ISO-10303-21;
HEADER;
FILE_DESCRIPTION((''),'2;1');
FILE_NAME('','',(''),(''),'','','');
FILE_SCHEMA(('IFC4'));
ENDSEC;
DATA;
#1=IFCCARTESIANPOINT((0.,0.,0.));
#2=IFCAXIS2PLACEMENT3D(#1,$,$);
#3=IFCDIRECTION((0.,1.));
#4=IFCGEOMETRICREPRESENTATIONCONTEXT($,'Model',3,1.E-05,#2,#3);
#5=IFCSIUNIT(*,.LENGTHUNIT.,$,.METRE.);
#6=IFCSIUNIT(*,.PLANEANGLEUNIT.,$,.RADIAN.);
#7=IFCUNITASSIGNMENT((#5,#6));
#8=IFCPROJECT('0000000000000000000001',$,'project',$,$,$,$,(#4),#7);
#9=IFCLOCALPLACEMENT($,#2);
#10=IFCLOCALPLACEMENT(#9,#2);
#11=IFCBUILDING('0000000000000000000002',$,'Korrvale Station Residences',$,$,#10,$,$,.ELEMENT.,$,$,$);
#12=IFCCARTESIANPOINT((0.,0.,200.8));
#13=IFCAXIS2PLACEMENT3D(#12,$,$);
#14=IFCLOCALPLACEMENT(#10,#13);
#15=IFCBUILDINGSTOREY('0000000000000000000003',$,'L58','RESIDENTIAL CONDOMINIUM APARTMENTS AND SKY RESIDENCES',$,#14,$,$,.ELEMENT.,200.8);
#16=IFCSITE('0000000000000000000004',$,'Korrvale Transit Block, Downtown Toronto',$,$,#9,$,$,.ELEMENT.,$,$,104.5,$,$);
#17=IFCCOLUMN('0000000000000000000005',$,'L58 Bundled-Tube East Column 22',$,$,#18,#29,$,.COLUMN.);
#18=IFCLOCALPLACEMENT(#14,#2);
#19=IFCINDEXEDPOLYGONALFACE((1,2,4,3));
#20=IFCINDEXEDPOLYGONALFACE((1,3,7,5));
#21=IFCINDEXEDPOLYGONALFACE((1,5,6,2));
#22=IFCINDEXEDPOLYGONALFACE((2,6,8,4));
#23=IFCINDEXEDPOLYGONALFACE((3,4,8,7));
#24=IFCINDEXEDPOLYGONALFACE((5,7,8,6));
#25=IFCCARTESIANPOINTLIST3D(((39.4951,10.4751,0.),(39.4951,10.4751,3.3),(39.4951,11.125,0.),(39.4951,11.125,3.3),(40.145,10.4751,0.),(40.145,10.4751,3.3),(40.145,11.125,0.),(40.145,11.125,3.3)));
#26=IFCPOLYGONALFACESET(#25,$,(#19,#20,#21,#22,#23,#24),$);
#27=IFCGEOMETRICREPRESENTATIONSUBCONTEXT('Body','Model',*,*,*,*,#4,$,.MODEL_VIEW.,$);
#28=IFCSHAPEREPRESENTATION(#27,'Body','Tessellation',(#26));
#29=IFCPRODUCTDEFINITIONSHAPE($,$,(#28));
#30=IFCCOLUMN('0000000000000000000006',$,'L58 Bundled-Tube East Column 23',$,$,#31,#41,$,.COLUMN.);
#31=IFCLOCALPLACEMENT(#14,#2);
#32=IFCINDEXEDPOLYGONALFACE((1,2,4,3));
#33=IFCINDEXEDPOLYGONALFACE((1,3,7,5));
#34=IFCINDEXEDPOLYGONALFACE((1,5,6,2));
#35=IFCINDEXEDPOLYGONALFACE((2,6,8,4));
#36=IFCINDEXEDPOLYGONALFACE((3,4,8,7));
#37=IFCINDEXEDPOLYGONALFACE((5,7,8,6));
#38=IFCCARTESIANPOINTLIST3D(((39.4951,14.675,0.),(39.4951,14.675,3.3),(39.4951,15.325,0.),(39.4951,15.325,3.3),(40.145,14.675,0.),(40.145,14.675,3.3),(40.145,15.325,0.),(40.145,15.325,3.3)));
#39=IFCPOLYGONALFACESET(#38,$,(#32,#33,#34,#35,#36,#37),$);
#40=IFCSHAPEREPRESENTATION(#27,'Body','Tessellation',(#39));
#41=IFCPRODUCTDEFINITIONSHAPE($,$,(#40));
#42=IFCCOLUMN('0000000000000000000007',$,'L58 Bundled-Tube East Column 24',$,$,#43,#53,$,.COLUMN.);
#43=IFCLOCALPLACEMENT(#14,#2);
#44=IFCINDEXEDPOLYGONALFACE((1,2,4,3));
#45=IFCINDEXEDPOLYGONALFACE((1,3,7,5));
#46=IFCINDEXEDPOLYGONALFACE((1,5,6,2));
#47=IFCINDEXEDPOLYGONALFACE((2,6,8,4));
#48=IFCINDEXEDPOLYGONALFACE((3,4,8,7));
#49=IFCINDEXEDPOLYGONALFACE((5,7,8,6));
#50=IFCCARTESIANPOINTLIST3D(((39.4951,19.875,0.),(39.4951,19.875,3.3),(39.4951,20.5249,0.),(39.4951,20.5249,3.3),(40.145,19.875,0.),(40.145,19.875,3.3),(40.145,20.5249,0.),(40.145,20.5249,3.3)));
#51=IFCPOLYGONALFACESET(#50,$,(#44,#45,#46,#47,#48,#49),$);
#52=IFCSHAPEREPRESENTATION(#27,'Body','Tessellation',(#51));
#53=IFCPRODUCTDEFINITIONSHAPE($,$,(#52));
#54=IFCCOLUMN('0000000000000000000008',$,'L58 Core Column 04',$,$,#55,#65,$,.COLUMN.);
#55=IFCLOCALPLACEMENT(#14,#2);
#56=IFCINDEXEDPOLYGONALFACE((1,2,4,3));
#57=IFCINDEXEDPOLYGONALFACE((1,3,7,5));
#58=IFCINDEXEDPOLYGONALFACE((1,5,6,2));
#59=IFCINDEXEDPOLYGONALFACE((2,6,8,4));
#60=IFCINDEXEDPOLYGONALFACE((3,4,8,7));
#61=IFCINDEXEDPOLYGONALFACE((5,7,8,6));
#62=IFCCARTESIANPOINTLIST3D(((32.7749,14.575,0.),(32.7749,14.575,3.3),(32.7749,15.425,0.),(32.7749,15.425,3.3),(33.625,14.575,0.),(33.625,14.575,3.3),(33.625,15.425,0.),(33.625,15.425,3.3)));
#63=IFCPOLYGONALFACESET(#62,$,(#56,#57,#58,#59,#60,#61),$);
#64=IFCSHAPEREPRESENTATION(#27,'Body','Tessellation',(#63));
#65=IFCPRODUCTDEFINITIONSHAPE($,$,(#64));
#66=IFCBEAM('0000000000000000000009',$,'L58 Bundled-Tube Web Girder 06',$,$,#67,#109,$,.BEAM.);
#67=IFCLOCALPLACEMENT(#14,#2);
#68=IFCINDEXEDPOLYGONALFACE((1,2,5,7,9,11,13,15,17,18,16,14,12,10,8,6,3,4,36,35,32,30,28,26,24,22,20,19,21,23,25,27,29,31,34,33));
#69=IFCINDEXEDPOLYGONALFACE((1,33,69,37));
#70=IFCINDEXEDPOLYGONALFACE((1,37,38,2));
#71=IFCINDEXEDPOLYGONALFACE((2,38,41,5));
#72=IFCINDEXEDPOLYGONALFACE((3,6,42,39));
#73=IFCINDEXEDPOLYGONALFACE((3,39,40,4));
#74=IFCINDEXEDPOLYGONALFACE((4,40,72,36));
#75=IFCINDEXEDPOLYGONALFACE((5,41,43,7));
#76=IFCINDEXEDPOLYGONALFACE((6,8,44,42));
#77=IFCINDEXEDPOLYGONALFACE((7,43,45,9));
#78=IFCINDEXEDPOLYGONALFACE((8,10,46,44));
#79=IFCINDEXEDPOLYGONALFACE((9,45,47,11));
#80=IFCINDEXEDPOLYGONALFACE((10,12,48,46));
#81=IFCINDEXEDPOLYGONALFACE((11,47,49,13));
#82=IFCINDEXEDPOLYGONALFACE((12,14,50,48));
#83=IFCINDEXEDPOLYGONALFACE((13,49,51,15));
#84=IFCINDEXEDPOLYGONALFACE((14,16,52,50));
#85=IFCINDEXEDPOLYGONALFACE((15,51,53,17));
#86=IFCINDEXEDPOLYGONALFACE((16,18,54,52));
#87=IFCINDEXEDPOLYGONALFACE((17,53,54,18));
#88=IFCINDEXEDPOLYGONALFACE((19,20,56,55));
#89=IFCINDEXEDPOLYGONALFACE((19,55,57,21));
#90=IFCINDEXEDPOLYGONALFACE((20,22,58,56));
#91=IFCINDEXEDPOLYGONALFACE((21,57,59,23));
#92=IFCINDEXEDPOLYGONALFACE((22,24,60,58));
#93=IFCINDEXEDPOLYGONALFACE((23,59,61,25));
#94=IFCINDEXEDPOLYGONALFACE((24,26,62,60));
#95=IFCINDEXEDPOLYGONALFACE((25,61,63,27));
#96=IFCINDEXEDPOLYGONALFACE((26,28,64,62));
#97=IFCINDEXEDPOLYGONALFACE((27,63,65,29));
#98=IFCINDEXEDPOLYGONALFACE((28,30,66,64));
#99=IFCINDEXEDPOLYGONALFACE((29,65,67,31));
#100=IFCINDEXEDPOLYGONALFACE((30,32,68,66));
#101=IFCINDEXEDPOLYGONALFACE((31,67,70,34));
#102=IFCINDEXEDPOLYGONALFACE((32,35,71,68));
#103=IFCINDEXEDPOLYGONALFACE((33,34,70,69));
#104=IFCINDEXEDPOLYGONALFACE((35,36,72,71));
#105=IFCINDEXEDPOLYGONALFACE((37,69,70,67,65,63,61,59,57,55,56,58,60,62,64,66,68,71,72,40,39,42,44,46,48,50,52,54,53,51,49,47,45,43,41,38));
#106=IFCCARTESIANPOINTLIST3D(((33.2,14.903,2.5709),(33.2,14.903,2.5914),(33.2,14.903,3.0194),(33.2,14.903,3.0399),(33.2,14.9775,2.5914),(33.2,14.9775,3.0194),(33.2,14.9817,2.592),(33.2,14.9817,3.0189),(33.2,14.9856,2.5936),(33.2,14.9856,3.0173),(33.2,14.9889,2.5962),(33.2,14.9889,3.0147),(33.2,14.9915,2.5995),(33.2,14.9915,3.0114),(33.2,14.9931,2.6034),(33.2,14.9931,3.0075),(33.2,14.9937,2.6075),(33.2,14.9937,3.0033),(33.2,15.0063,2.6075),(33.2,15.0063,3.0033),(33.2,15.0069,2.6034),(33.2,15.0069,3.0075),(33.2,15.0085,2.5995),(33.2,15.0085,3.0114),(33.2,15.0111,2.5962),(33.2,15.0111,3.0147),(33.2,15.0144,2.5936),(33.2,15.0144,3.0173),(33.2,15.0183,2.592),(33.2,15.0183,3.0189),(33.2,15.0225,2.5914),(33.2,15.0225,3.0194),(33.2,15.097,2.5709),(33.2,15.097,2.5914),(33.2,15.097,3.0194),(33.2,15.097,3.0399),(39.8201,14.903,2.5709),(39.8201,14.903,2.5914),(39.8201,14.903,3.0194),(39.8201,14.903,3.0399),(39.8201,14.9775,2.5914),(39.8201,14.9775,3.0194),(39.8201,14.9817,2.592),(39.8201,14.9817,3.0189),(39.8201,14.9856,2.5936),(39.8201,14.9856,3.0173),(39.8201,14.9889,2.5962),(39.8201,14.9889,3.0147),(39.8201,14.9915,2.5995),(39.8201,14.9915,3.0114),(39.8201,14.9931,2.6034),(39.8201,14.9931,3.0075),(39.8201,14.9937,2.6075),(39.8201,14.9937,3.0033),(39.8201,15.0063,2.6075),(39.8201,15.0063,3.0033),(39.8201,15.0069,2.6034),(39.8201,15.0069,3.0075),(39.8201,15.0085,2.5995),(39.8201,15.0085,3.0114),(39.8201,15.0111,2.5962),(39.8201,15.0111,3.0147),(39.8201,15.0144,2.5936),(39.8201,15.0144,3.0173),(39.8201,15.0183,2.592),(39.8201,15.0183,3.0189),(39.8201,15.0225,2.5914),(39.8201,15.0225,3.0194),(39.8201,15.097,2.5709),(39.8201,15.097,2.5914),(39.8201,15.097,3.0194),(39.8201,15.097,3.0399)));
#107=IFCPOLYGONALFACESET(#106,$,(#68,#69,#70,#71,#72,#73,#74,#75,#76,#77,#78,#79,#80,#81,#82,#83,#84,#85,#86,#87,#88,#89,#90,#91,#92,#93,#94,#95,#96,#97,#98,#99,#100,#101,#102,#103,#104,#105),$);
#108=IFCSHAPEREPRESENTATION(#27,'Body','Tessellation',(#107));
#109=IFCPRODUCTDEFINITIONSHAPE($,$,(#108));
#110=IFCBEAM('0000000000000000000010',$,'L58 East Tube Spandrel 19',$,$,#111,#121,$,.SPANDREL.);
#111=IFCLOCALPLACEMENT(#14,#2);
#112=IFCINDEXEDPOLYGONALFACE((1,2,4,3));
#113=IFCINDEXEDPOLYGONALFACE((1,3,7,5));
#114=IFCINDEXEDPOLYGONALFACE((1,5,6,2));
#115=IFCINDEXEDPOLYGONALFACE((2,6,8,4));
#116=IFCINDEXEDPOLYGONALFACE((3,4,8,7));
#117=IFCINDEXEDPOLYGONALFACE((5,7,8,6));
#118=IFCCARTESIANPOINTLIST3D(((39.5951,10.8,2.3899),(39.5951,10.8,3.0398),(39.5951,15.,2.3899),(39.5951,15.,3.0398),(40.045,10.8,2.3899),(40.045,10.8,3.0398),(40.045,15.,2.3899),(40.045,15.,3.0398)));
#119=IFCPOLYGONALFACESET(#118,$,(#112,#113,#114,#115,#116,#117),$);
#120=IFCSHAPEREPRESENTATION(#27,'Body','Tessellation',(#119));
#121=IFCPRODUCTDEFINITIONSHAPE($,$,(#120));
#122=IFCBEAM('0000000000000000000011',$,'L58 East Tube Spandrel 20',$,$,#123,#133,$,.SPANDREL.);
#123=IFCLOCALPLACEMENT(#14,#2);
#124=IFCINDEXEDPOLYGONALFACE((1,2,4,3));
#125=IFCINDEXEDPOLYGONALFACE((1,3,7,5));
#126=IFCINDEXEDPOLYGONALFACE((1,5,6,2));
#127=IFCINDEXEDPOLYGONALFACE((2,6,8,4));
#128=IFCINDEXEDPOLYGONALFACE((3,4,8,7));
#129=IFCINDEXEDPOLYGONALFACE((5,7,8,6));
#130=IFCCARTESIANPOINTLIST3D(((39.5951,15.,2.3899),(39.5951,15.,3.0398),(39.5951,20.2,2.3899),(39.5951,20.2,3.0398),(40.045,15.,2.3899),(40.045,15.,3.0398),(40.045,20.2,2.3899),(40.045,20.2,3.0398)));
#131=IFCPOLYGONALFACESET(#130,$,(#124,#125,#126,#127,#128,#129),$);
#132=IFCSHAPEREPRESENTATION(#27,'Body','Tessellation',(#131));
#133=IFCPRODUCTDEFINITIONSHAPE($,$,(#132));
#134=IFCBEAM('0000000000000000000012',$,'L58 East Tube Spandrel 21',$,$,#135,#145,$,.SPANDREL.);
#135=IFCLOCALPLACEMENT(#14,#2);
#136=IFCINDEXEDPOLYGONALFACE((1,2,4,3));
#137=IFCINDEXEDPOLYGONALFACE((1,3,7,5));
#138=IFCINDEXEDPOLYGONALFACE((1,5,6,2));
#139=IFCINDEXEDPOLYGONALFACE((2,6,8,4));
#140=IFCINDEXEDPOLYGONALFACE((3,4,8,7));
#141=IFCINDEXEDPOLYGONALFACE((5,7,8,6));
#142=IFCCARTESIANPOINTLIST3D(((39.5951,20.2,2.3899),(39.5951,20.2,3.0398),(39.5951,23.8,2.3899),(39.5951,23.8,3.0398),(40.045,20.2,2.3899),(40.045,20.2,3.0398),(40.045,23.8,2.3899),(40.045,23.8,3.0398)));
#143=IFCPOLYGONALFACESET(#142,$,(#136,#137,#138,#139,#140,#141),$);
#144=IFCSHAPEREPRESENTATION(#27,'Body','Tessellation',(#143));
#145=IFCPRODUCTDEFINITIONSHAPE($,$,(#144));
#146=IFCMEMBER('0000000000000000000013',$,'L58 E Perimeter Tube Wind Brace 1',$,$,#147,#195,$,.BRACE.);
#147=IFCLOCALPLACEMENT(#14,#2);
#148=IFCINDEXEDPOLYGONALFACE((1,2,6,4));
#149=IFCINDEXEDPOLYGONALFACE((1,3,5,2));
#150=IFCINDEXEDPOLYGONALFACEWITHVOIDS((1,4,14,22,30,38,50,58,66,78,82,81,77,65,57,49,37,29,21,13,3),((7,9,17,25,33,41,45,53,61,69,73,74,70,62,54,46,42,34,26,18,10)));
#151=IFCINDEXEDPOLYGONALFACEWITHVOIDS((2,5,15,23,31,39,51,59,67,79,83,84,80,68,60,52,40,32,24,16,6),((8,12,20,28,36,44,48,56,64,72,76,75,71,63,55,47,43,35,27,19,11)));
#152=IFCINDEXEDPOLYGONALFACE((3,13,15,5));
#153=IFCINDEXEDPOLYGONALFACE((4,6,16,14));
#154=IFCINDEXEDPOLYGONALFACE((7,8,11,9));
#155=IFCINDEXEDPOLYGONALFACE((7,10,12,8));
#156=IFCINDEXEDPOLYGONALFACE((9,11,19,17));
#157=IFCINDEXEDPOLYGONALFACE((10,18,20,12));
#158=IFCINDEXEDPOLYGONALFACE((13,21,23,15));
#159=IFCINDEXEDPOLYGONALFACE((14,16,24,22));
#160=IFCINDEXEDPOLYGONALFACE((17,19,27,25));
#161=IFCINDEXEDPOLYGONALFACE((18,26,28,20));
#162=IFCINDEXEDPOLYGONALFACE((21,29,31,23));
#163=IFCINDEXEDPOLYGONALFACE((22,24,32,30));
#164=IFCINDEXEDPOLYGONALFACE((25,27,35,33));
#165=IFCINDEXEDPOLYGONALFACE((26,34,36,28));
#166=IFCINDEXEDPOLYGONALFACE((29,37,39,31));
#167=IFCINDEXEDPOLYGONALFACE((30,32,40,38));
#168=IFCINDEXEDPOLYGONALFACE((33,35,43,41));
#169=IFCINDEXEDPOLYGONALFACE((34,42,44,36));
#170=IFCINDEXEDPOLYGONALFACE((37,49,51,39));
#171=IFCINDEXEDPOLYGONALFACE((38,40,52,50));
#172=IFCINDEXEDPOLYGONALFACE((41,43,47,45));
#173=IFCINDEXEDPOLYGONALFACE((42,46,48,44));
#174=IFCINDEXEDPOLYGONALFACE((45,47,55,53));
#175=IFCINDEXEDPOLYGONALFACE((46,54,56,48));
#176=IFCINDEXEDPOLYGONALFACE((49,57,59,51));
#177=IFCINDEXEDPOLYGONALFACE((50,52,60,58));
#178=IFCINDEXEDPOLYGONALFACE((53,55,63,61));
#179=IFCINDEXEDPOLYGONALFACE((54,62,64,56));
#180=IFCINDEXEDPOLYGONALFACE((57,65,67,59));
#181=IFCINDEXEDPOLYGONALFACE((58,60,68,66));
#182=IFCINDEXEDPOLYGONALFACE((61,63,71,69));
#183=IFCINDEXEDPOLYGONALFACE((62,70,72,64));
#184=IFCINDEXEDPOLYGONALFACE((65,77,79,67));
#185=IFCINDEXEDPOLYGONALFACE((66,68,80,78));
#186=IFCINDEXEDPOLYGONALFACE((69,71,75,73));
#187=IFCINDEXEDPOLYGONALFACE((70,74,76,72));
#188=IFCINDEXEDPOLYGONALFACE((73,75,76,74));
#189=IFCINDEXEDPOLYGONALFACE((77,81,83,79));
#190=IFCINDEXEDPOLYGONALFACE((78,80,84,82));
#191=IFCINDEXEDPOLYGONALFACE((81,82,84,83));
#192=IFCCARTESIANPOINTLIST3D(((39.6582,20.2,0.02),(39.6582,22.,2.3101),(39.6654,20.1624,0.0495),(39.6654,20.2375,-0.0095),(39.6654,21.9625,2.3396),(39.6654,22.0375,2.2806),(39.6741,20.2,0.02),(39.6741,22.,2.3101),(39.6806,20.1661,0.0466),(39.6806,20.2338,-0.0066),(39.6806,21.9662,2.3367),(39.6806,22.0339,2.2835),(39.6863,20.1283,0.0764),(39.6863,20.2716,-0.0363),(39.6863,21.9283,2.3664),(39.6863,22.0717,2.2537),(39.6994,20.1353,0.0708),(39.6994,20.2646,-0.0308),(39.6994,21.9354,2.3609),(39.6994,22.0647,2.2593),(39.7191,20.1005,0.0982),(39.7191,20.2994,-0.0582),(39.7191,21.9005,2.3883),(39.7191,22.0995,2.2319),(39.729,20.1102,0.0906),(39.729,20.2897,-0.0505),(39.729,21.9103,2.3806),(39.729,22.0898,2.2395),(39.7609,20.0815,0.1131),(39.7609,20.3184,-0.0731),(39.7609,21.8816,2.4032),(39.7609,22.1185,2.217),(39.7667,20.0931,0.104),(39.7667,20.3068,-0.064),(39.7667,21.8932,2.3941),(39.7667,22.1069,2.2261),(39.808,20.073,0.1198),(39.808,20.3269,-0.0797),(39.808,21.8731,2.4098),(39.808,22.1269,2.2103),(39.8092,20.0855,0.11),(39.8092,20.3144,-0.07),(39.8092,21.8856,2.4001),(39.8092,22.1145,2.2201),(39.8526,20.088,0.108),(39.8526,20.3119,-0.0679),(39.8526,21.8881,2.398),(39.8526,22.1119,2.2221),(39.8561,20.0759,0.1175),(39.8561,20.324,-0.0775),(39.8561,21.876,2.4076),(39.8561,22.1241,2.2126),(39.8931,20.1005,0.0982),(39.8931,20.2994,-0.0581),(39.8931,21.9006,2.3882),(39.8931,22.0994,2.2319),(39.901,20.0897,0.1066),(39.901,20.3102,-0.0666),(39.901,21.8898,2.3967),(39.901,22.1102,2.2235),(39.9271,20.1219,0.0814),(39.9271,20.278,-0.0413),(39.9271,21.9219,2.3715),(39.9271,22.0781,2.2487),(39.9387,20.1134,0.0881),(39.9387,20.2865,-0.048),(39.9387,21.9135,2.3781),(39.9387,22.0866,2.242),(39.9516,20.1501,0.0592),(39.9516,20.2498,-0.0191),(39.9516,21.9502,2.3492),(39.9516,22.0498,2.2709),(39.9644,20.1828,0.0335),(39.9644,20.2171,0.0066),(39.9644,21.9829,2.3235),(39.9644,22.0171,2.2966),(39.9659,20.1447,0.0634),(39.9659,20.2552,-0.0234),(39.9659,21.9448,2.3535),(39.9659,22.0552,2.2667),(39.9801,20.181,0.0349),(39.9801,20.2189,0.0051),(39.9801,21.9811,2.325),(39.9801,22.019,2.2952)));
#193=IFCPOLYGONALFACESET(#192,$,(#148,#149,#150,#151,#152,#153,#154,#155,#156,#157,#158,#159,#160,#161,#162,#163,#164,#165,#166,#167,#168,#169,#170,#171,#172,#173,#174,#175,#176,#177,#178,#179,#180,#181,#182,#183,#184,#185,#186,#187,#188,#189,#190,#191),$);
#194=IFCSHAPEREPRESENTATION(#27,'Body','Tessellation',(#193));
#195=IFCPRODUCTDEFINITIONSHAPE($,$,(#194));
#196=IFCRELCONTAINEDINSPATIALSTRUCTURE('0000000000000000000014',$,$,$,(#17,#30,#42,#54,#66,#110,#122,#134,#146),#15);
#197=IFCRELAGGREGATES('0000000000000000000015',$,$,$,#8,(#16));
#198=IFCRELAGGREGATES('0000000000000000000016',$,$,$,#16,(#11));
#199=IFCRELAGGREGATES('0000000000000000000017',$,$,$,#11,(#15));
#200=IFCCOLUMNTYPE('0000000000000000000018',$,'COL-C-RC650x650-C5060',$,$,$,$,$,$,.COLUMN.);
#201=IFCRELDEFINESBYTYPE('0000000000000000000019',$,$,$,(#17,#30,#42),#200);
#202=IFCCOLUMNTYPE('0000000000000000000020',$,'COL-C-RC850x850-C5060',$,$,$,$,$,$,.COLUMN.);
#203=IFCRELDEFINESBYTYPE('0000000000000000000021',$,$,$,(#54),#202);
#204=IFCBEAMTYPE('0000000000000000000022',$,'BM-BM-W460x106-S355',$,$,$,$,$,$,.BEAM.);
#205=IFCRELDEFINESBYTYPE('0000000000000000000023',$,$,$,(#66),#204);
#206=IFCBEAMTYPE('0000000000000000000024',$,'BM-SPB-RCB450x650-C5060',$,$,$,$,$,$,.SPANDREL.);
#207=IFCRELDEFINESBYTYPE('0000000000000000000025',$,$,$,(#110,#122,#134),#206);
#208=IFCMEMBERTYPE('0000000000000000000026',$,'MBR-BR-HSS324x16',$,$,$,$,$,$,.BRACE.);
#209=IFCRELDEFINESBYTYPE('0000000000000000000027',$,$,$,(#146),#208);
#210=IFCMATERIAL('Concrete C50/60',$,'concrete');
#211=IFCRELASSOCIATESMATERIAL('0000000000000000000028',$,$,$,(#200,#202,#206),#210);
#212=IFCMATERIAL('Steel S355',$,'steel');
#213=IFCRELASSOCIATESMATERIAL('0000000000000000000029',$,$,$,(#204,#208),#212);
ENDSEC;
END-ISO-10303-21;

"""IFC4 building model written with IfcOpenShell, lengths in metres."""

from ifc_helpers import new_model, si_unit, direction, frame, origin, origin_2d, place, context, subcontext, project, spatial, rectangle, hollow_circle, i_section, extrude, material, material_profile, profile_set, type_object, element, save


model = new_model("IFC4")

# Units and contexts
model_context = context("Model", 3, precision=1e-05, world=origin(), true_north=direction((0.0, 1.0)))
body_context = subcontext(model_context, "Body", "Model", "MODEL_VIEW")
ifc_project = project(units=[si_unit("LENGTHUNIT", "METRE"), si_unit("PLANEANGLEUNIT", "RADIAN")], contexts=[model_context])

# Site, building, storey
site_placement = place(None, origin())
site = spatial("IfcSite", under=ifc_project, at=site_placement, Name="Korrvale Transit Block, Downtown Toronto", CompositionType="ELEMENT", RefElevation=104.5)
building_placement = place(site_placement, origin())
building = spatial("IfcBuilding", under=site, at=building_placement, Name="Korrvale Station Residences", CompositionType="ELEMENT")
storey_placement = place(building_placement, frame((0.0, 0.0, 200.8)))
storey = spatial("IfcBuildingStorey", under=building, at=storey_placement, Name="L58", Description="RESIDENTIAL CONDOMINIUM APARTMENTS AND SKY RESIDENCES", CompositionType="ELEMENT", Elevation=200.8)

# Columns
ifc_material_1 = material(Name="Concrete C50/60", Category="concrete")
ifc_material_profile_1 = material_profile(ifc_material_1, rectangle(XDim=0.6499, YDim=0.6499, at=origin_2d()), Name="RC650x650")
ifc_profile_set_1 = profile_set([ifc_material_profile_1], Name="Concrete C50/60")
column_type_1 = type_object("IfcColumnType", Name="COL-C-RC650x650-C5060", PredefinedType="COLUMN", material=ifc_profile_set_1)
for number, where, z_axis, x_axis, name in (
    (1, (39.8201, 10.8, 0.0), (0.0, 0.0, 1.0), (1.0, 0.0, 0.0), "L58 Bundled-Tube East Column 22"),
    (2, (39.8201, 15.0, 0.0), (0.0, 0.0, 1.0), (1.0, 0.0, 0.0), "L58 Bundled-Tube East Column 23"),
    (3, (39.8201, 20.2, 0.0), (0.0, 0.0, 1.0), (1.0, 0.0, 0.0), "L58 Bundled-Tube East Column 24"),
):
    element("IfcColumn", number, at=place(storey_placement, frame(where, z_axis=z_axis, x_axis=x_axis)), inside=storey, type_object=column_type_1, Name=name, PredefinedType="COLUMN", context=body_context, shape_type="SweptSolid", body=[
        extrude(rectangle(XDim=0.6499, YDim=0.6499, at=origin_2d()), origin(), (0.0, 0.0, 1.0), 3.3),
    ])
ifc_material_profile_2 = material_profile(ifc_material_1, rectangle(XDim=0.8501, YDim=0.8501, at=origin_2d()), Name="RC850x850")
ifc_profile_set_2 = profile_set([ifc_material_profile_2], Name="Concrete C50/60")
column_type_2 = type_object("IfcColumnType", Name="COL-C-RC850x850-C5060", PredefinedType="COLUMN", material=ifc_profile_set_2)
column_placement = place(storey_placement, frame((33.2, 15.0, 0.0), z_axis=(0.0, 0.0, 1.0), x_axis=(1.0, 0.0, 0.0)))
element("IfcColumn", 4, at=column_placement, inside=storey, type_object=column_type_2, Name="L58 Core Column 04", PredefinedType="COLUMN", context=body_context, shape_type="SweptSolid", body=[
    extrude(rectangle(XDim=0.8501, YDim=0.8501, at=origin_2d()), origin(), (0.0, 0.0, 1.0), 3.3),
])

# Beams
ifc_material_2 = material(Name="Steel S355", Category="steel")
ifc_material_profile_3 = material_profile(ifc_material_2, i_section(OverallWidth=0.1941, OverallDepth=0.469, WebThickness=0.0127, FlangeThickness=0.0205, FilletRadius=0.0161, at=origin_2d()), Name="W460x106")
ifc_profile_set_3 = profile_set([ifc_material_profile_3], Name="Steel S355")
beam_type_1 = type_object("IfcBeamType", Name="BM-BM-W460x106-S355", PredefinedType="BEAM", material=ifc_profile_set_3)
beam_1_placement = place(storey_placement, frame((33.2, 15.0, 2.8054), z_axis=(1.0, 0.0, 0.0), x_axis=(0.0, 1.0, 0.0)))
element("IfcBeam", 5, at=beam_1_placement, inside=storey, type_object=beam_type_1, Name="L58 Bundled-Tube Web Girder 06", PredefinedType="BEAM", context=body_context, shape_type="SweptSolid", body=[
    extrude(i_section(OverallWidth=0.1941, OverallDepth=0.469, WebThickness=0.0127, FlangeThickness=0.0205, FilletRadius=0.0161, at=origin_2d()), origin(), (0.0, 0.0, 1.0), 6.6201),
])
ifc_material_profile_4 = material_profile(ifc_material_1, rectangle(XDim=0.45, YDim=0.6499, at=origin_2d()), Name="RCB450x650")
ifc_profile_set_4 = profile_set([ifc_material_profile_4], Name="Concrete C50/60")
beam_type_2 = type_object("IfcBeamType", Name="BM-SPB-RCB450x650-C5060", PredefinedType="SPANDREL", material=ifc_profile_set_4)
beam_2_placement = place(storey_placement, frame((39.8201, 10.8, 2.7148), z_axis=(0.0, 1.0, 0.0), x_axis=(-1.0, 0.0, 0.0)))
element("IfcBeam", 6, at=beam_2_placement, inside=storey, type_object=beam_type_2, Name="L58 East Tube Spandrel 19", PredefinedType="SPANDREL", context=body_context, shape_type="SweptSolid", body=[
    extrude(rectangle(XDim=0.45, YDim=0.6499, at=origin_2d()), origin(), (0.0, 0.0, 1.0), 4.2),
])
beam_3_placement = place(storey_placement, frame((39.8201, 15.0, 2.7148), z_axis=(0.0, 1.0, 0.0), x_axis=(-1.0, 0.0, 0.0)))
element("IfcBeam", 7, at=beam_3_placement, inside=storey, type_object=beam_type_2, Name="L58 East Tube Spandrel 20", PredefinedType="SPANDREL", context=body_context, shape_type="SweptSolid", body=[
    extrude(rectangle(XDim=0.45, YDim=0.6499, at=origin_2d()), origin(), (0.0, 0.0, 1.0), 5.2),
])
beam_4_placement = place(storey_placement, frame((39.8201, 20.2, 2.7148), z_axis=(0.0, 1.0, 0.0), x_axis=(-1.0, 0.0, 0.0)))
element("IfcBeam", 8, at=beam_4_placement, inside=storey, type_object=beam_type_2, Name="L58 East Tube Spandrel 21", PredefinedType="SPANDREL", context=body_context, shape_type="SweptSolid", body=[
    extrude(rectangle(XDim=0.45, YDim=0.6499, at=origin_2d()), origin(), (0.0, 0.0, 1.0), 3.6001),
])

# Member
ifc_material_profile_5 = material_profile(ifc_material_2, hollow_circle(Radius=0.1619, WallThickness=0.0159, at=origin_2d()), Name="HSS324x16")
ifc_profile_set_5 = profile_set([ifc_material_profile_5], Name="Steel S355")
member_type = type_object("IfcMemberType", Name="MBR-BR-HSS324x16", PredefinedType="BRACE", material=ifc_profile_set_5)
member_placement = place(storey_placement, frame((39.8201, 20.2, 0.02), z_axis=(0.0, 0.617977, 0.786196), x_axis=(-1.0, 0.0, 0.0)))
element("IfcMember", 9, at=member_placement, inside=storey, type_object=member_type, Name="L58 E Perimeter Tube Wind Brace 1", PredefinedType="BRACE", context=body_context, shape_type="SweptSolid", body=[
    extrude(hollow_circle(Radius=0.1619, WallThickness=0.0159, at=origin_2d()), origin(), (0.0, 0.0, 1.0), 2.9128),
])

save(model, "model.ifc")
